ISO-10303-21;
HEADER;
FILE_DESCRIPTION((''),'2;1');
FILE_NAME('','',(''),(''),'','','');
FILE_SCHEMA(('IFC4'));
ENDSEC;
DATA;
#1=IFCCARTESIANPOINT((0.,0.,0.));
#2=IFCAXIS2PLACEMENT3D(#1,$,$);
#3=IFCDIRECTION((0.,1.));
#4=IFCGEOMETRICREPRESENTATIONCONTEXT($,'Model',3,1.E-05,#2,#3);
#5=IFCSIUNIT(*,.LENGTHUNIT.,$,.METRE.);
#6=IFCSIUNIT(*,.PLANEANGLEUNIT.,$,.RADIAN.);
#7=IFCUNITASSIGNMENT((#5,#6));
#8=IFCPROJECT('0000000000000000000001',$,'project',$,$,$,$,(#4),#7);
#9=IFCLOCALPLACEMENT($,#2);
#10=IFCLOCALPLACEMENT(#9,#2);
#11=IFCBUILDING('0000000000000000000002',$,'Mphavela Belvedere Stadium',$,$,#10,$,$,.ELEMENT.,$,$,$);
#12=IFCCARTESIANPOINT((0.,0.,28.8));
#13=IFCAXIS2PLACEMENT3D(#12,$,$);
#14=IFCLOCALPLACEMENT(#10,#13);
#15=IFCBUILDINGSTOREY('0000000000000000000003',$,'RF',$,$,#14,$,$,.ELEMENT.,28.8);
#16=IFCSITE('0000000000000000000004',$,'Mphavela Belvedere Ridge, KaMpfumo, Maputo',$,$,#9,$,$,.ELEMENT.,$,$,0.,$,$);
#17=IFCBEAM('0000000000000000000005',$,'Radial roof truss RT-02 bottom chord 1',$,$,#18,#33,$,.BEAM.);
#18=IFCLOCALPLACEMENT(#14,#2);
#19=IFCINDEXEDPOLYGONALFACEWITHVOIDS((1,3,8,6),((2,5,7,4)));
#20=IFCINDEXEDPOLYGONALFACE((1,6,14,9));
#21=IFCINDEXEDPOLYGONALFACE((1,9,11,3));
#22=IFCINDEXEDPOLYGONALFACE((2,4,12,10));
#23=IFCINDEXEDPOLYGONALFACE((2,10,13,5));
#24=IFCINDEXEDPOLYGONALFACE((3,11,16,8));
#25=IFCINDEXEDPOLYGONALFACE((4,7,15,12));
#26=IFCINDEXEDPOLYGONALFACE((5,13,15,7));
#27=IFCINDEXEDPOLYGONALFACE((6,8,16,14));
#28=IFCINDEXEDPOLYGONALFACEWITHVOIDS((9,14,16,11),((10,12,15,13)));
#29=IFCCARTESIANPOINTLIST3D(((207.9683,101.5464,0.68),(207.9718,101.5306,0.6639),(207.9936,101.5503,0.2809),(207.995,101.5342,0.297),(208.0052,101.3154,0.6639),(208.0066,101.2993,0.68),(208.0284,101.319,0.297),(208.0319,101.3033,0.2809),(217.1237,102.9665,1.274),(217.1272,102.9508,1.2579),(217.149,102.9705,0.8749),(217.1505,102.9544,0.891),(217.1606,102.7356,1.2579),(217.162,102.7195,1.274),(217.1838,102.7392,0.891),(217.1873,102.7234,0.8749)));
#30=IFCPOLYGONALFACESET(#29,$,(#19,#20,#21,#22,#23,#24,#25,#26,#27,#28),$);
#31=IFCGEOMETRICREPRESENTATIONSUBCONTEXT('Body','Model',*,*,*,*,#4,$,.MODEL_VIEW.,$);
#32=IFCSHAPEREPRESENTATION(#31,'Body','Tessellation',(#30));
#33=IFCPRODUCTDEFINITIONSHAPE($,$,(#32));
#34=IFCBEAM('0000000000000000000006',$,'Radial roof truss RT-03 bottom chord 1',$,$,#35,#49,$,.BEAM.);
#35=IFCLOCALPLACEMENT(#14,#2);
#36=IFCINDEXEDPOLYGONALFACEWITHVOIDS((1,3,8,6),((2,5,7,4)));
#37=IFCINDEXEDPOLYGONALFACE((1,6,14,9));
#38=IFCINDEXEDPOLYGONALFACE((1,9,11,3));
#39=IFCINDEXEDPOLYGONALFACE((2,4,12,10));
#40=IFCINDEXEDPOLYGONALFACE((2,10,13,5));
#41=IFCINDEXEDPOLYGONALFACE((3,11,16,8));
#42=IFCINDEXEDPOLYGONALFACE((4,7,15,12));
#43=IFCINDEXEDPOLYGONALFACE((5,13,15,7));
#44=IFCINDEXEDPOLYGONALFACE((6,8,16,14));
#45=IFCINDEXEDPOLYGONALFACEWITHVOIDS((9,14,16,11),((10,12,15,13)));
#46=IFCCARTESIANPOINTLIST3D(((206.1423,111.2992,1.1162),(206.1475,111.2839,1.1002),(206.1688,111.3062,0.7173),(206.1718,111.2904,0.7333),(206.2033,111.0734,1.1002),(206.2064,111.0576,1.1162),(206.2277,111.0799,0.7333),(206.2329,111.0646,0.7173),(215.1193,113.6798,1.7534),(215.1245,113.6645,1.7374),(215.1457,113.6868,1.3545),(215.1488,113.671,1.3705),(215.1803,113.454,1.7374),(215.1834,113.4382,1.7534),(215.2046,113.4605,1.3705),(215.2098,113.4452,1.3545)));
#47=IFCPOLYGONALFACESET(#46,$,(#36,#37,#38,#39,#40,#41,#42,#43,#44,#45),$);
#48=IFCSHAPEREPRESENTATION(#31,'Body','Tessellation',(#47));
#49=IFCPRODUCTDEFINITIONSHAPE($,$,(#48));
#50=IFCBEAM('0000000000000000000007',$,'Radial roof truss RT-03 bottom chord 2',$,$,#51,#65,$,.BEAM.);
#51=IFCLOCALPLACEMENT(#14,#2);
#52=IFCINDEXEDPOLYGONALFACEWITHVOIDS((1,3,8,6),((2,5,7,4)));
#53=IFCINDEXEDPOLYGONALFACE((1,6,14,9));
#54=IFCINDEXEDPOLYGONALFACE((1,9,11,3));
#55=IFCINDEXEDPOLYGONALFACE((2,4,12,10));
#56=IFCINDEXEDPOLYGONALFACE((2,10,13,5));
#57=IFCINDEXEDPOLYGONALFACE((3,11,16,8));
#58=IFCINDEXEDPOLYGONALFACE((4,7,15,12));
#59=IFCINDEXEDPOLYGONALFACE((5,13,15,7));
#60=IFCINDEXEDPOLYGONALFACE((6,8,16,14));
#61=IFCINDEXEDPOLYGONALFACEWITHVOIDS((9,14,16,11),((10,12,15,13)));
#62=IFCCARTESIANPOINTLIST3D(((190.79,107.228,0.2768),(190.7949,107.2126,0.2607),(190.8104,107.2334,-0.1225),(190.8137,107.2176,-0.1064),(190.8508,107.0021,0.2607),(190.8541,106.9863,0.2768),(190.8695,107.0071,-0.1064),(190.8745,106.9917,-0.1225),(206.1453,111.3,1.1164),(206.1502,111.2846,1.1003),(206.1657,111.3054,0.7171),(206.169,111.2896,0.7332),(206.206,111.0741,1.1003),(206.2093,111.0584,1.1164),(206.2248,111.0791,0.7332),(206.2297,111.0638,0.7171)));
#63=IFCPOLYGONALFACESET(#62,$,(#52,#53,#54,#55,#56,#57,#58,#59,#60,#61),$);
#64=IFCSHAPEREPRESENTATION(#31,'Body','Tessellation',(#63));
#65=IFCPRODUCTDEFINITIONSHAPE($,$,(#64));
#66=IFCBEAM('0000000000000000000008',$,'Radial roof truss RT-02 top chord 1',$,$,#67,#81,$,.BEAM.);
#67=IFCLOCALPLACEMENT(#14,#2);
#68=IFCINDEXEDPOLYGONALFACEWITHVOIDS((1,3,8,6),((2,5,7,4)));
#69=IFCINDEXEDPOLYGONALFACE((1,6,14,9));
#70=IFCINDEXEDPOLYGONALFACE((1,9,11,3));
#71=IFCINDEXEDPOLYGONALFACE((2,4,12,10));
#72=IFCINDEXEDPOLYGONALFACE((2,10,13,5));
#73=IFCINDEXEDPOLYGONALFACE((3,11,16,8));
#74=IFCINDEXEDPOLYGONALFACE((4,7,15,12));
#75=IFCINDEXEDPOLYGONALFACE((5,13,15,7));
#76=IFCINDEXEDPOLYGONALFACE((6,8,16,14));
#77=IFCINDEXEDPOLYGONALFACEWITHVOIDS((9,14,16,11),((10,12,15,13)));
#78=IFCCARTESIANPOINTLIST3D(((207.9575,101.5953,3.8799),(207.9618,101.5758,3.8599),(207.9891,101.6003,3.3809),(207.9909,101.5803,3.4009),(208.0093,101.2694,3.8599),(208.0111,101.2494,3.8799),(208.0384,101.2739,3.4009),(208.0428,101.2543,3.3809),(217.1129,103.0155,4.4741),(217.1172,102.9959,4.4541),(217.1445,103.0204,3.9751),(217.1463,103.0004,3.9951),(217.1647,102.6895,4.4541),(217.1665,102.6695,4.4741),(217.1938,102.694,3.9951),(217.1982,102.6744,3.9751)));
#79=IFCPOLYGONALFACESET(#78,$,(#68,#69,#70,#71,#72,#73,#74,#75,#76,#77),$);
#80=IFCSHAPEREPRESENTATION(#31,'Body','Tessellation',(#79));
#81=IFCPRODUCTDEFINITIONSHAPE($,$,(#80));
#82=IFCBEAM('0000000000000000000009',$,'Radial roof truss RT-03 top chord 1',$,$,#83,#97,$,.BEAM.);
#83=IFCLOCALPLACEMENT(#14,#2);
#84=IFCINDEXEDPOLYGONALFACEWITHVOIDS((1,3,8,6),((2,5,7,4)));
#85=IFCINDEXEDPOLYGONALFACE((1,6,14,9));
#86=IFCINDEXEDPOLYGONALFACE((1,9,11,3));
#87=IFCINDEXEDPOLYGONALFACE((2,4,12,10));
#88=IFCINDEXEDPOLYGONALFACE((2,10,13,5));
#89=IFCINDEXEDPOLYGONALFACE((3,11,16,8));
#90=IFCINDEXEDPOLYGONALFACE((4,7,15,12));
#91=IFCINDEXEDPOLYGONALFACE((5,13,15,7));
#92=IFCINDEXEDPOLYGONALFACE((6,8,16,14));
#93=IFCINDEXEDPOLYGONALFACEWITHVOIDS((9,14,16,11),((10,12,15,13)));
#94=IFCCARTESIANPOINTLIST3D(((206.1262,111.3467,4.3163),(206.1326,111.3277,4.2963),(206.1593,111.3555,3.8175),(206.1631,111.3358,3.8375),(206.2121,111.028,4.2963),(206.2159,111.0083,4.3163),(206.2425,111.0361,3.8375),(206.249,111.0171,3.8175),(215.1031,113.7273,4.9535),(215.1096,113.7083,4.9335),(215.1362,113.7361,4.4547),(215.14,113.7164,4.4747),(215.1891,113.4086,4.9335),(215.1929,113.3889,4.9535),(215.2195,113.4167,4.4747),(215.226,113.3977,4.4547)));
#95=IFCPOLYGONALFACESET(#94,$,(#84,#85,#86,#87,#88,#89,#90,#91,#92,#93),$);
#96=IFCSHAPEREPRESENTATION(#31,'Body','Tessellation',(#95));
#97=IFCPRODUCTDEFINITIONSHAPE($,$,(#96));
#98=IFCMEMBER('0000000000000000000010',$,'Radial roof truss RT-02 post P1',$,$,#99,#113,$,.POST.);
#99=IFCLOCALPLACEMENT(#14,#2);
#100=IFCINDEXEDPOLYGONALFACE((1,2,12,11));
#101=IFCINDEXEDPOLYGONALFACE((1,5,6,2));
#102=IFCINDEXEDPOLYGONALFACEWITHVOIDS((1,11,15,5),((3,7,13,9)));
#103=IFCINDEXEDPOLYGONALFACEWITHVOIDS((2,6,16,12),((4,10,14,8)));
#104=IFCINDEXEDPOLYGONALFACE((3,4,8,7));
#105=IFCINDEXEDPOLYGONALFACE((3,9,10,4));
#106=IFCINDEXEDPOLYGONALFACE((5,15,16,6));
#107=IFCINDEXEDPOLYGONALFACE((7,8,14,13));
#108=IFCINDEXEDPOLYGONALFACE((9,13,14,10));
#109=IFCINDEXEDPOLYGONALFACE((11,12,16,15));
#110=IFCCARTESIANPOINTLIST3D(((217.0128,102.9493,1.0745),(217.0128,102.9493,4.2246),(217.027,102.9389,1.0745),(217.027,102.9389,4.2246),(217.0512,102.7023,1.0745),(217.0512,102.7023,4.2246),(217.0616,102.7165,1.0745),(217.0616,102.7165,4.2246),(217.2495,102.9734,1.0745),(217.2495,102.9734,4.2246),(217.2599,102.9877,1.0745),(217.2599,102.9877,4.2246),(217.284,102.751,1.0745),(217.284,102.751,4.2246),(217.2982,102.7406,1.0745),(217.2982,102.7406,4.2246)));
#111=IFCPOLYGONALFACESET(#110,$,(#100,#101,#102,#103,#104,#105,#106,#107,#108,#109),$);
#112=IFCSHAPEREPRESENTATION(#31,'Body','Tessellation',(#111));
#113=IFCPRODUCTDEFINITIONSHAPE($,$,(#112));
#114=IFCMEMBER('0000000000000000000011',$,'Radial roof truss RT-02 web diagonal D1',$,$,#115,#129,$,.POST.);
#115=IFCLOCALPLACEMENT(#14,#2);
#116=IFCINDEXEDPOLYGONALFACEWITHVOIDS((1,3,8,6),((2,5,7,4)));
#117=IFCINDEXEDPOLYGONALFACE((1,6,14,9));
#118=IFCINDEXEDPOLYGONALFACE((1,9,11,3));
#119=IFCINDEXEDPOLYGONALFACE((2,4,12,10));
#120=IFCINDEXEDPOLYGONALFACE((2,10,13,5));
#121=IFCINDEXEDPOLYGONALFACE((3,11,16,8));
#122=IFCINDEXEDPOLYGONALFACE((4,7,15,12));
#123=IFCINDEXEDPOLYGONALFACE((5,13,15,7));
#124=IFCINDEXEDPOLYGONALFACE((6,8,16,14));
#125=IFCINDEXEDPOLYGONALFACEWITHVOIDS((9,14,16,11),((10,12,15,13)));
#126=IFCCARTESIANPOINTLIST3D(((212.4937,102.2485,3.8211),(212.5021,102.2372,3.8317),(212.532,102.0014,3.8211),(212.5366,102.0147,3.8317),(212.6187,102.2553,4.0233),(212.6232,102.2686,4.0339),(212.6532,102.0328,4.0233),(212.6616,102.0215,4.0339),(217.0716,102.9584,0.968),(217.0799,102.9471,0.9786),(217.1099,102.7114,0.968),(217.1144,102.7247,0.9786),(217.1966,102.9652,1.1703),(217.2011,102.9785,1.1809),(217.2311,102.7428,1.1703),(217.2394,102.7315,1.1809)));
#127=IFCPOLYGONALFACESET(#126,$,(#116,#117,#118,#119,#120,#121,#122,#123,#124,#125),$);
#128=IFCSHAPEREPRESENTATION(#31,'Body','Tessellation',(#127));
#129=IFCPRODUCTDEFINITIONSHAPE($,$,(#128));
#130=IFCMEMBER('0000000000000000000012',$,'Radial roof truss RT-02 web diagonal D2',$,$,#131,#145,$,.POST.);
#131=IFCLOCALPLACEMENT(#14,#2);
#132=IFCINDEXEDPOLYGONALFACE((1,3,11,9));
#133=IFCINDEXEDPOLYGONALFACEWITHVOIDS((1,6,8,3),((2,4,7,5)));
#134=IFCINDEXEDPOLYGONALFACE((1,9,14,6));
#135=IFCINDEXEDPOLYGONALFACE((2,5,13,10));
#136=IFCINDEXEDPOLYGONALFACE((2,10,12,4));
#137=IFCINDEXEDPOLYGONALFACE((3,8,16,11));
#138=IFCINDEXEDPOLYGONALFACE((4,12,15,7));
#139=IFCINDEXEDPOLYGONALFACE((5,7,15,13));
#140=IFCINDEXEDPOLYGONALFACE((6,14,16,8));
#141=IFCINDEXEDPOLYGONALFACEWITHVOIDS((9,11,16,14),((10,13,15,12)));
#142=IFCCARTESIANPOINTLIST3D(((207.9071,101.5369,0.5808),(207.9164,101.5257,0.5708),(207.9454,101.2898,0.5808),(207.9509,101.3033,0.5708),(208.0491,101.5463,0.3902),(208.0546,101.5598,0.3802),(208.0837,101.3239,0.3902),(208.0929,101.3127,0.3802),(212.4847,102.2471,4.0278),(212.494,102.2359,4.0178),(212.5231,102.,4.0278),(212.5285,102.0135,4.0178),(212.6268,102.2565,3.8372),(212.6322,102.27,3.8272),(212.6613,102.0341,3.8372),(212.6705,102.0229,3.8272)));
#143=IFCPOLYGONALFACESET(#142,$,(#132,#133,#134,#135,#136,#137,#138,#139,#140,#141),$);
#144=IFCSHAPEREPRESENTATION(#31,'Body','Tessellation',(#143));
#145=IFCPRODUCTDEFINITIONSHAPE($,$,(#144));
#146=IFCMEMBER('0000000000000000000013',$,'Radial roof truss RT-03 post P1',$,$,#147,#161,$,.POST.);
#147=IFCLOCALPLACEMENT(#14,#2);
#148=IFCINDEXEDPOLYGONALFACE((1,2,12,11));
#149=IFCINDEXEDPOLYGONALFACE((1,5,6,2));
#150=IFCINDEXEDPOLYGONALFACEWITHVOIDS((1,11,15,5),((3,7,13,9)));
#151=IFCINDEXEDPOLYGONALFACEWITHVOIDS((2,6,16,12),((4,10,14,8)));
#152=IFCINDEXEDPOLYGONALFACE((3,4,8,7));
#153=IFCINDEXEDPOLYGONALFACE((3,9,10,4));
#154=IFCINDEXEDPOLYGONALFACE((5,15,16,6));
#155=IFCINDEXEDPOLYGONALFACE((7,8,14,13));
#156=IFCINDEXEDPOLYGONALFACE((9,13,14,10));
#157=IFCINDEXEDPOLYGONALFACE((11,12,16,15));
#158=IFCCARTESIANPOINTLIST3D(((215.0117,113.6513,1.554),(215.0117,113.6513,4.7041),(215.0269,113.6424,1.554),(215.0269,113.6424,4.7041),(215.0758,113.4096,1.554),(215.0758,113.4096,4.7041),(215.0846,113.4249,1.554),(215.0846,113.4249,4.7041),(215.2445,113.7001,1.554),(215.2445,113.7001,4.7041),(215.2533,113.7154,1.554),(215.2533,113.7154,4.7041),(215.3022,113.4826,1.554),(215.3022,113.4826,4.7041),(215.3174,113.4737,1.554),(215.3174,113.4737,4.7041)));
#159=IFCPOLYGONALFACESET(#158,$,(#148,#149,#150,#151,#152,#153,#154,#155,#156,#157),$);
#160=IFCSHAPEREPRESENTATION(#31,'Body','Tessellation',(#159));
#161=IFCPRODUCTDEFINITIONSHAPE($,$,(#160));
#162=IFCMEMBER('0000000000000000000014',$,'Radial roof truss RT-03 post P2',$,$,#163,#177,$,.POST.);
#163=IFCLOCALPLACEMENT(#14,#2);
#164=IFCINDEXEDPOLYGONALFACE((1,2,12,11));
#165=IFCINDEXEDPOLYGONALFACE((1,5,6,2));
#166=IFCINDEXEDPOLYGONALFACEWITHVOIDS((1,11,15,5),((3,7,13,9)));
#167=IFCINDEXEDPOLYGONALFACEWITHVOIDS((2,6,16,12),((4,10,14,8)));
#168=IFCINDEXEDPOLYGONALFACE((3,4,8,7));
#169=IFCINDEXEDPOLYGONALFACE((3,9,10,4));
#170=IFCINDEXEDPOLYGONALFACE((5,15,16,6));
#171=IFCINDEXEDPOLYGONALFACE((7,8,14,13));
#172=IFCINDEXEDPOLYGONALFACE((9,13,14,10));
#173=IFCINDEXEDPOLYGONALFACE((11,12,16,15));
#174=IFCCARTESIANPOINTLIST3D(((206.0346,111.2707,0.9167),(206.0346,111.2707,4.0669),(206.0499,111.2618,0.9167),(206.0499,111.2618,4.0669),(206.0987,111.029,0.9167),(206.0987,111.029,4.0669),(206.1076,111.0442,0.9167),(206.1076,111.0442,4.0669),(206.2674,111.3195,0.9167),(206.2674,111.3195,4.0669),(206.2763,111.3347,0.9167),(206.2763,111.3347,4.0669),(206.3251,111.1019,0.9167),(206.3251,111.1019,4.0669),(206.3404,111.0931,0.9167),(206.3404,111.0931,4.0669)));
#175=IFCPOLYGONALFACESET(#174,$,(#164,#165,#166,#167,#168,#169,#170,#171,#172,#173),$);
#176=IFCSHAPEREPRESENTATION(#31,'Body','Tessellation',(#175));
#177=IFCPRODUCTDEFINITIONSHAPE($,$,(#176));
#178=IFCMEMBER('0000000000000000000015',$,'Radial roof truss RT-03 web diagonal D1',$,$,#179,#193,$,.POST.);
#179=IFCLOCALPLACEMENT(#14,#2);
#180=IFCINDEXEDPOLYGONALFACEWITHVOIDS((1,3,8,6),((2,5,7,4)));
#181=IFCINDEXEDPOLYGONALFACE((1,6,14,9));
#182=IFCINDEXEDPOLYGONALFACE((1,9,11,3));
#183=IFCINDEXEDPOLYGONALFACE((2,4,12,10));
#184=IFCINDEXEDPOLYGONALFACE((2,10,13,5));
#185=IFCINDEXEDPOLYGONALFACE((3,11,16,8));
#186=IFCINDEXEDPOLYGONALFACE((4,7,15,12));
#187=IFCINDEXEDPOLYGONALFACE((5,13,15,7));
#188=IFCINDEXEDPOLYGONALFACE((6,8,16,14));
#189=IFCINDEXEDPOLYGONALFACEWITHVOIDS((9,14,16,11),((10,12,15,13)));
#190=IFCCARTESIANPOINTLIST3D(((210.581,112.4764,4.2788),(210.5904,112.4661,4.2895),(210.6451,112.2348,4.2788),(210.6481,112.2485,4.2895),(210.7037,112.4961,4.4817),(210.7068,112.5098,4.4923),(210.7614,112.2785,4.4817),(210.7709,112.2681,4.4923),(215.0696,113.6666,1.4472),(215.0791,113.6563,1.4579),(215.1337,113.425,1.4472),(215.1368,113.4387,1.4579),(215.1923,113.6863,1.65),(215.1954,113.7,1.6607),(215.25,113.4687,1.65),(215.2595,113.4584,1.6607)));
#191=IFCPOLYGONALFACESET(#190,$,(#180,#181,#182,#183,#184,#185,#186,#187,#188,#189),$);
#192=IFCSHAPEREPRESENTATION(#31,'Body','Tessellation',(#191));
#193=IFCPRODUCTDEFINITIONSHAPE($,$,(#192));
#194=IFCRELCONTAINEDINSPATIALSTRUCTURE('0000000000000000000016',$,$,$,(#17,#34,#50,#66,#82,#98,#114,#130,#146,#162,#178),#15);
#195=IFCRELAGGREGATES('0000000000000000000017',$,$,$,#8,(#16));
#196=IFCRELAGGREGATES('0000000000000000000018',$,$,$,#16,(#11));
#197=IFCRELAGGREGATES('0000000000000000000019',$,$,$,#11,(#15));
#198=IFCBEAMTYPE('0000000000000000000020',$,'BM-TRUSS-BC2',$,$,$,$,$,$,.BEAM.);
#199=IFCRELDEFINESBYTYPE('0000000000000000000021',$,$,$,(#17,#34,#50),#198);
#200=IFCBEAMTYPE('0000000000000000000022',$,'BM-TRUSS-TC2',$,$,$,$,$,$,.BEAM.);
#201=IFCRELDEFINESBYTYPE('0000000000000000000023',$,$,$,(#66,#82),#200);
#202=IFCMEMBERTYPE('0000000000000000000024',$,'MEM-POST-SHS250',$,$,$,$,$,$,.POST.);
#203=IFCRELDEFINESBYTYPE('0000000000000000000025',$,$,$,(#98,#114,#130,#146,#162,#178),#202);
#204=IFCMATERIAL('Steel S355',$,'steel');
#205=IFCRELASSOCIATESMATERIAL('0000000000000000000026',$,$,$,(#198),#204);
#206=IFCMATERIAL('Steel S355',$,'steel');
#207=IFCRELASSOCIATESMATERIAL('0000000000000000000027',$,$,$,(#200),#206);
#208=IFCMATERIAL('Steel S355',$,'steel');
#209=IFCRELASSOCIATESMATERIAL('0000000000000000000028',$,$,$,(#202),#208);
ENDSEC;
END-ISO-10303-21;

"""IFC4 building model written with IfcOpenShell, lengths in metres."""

from ifc_helpers import new_model, si_unit, direction, frame, origin, origin_2d, place, context, subcontext, project, spatial, hollow_rectangle, extrude, material, material_profile, profile_set, type_object, element, save


model = new_model("IFC4")

# Units and contexts
model_context = context("Model", 3, precision=1e-05, world=origin(), true_north=direction((0.0, 1.0)))
body_context = subcontext(model_context, "Body", "Model", "MODEL_VIEW")
ifc_project = project(units=[si_unit("LENGTHUNIT", "METRE"), si_unit("PLANEANGLEUNIT", "RADIAN")], contexts=[model_context])

# Site, building, storey
site_placement = place(None, origin())
site = spatial("IfcSite", under=ifc_project, at=site_placement, Name="Mphavela Belvedere Ridge, KaMpfumo, Maputo", CompositionType="ELEMENT", RefElevation=0.0)
building_placement = place(site_placement, origin())
building = spatial("IfcBuilding", under=site, at=building_placement, Name="Mphavela Belvedere Stadium", CompositionType="ELEMENT")
storey_placement = place(building_placement, frame((0.0, 0.0, 28.8)))
storey = spatial("IfcBuildingStorey", under=building, at=storey_placement, Name="RF", CompositionType="ELEMENT", Elevation=28.8)

# Beams
ifc_material_1 = material(Name="Steel S355", Category="steel")
ifc_material_profile_1 = material_profile(ifc_material_1, hollow_rectangle(XDim=0.25, YDim=0.3999, WallThickness=0.0161, at=origin_2d()), Name="RHS 400x250x16")
ifc_profile_set_1 = profile_set([ifc_material_profile_1], Name="Steel S355")
beam_type_1 = type_object("IfcBeamType", Name="BM-TRUSS-BC2", PredefinedType="BEAM", material=ifc_profile_set_1)
beam_1_placement = place(storey_placement, frame((217.1555, 102.845, 1.0745), z_axis=(-0.986158, -0.152969, -0.06398), x_axis=(0.153283, -0.988182, 0.0)))
element("IfcBeam", 1, at=beam_1_placement, inside=storey, type_object=beam_type_1, Name="Radial roof truss RT-02 bottom chord 1", PredefinedType="BEAM", context=body_context, shape_type="SweptSolid", body=[
    extrude(hollow_rectangle(XDim=0.25, YDim=0.3999, WallThickness=0.0161, at=origin_2d()), origin(), (0.0, 0.0, 1.0), 9.2839),
])
beam_2_placement = place(storey_placement, frame((215.1646, 113.5625, 1.554), z_axis=(-0.964323, -0.255728, -0.068449), x_axis=(0.256329, -0.96659, 0.0)))
element("IfcBeam", 2, at=beam_2_placement, inside=storey, type_object=beam_type_1, Name="Radial roof truss RT-03 bottom chord 1", PredefinedType="BEAM", context=body_context, shape_type="SweptSolid", body=[
    extrude(hollow_rectangle(XDim=0.25, YDim=0.3999, WallThickness=0.0161, at=origin_2d()), origin(), (0.0, 0.0, 1.0), 9.3091),
])
beam_3_placement = place(storey_placement, frame((206.1875, 111.1819, 0.9167), z_axis=(-0.965243, -0.255971, -0.052778), x_axis=(0.256328, -0.96659, 0.0)))
element("IfcBeam", 3, at=beam_3_placement, inside=storey, type_object=beam_type_1, Name="Radial roof truss RT-03 bottom chord 2", PredefinedType="BEAM", context=body_context, shape_type="SweptSolid", body=[
    extrude(hollow_rectangle(XDim=0.25, YDim=0.3999, WallThickness=0.0161, at=origin_2d()), origin(), (0.0, 0.0, 1.0), 15.9082),
])
ifc_material_2 = material(Name="Steel S355", Category="steel")
ifc_material_profile_2 = material_profile(ifc_material_2, hollow_rectangle(XDim=0.3501, YDim=0.5, WallThickness=0.02, at=origin_2d()), Name="RHS 500x350x20")
ifc_profile_set_2 = profile_set([ifc_material_profile_2], Name="Steel S355")
beam_type_2 = type_object("IfcBeamType", Name="BM-TRUSS-TC2", PredefinedType="BEAM", material=ifc_profile_set_2)
beam_4_placement = place(storey_placement, frame((217.1555, 102.845, 4.2246), z_axis=(-0.986156, -0.152968, -0.064006), x_axis=(0.153283, -0.988182, 0.0)))
element("IfcBeam", 4, at=beam_4_placement, inside=storey, type_object=beam_type_2, Name="Radial roof truss RT-02 top chord 1", PredefinedType="BEAM", context=body_context, shape_type="SweptSolid", body=[
    extrude(hollow_rectangle(XDim=0.3501, YDim=0.5, WallThickness=0.02, at=origin_2d()), origin(), (0.0, 0.0, 1.0), 9.2839),
])
beam_5_placement = place(storey_placement, frame((215.1646, 113.5625, 4.7041), z_axis=(-0.964323, -0.255728, -0.068449), x_axis=(0.256329, -0.96659, 0.0)))
element("IfcBeam", 5, at=beam_5_placement, inside=storey, type_object=beam_type_2, Name="Radial roof truss RT-03 top chord 1", PredefinedType="BEAM", context=body_context, shape_type="SweptSolid", body=[
    extrude(hollow_rectangle(XDim=0.3501, YDim=0.5, WallThickness=0.02, at=origin_2d()), origin(), (0.0, 0.0, 1.0), 9.3091),
])

# Members
ifc_material_3 = material(Name="Steel S355", Category="steel")
ifc_material_profile_3 = material_profile(ifc_material_3, hollow_rectangle(XDim=0.25, YDim=0.25, WallThickness=0.0125, at=origin_2d()), Name="SHS 250x250x12.5")
ifc_profile_set_3 = profile_set([ifc_material_profile_3], Name="Steel S355")
member_type = type_object("IfcMemberType", Name="MEM-POST-SHS250", PredefinedType="POST", material=ifc_profile_set_3)
member_1_placement = place(storey_placement, frame((217.1555, 102.845, 1.0745), z_axis=(0.0, 0.0, 1.0), x_axis=(0.988175, 0.153331, 0.0)))
element("IfcMember", 6, at=member_1_placement, inside=storey, type_object=member_type, Name="Radial roof truss RT-02 post P1", PredefinedType="POST", context=body_context, shape_type="SweptSolid", body=[
    extrude(hollow_rectangle(XDim=0.25, YDim=0.25, WallThickness=0.0125, at=origin_2d()), origin(), (0.0, 0.0, 1.0), 3.1501),
])
member_2_placement = place(storey_placement, frame((217.1555, 102.845, 1.0745), z_axis=(-0.84142, -0.130492, 0.52439), x_axis=(0.153253, -0.988187, 0.0)))
element("IfcMember", 7, at=member_2_placement, inside=storey, type_object=member_type, Name="Radial roof truss RT-02 web diagonal D1", PredefinedType="POST", context=body_context, shape_type="SweptSolid", body=[
    extrude(hollow_rectangle(XDim=0.25, YDim=0.25, WallThickness=0.0125, at=origin_2d()), origin(), (0.0, 0.0, 1.0), 5.4407),
])
member_3_placement = place(storey_placement, frame((212.5776, 102.135, 3.9275), z_axis=(-0.792778, -0.122997, -0.596972), x_axis=(0.153312, -0.988178, 0.0)))
element("IfcMember", 8, at=member_3_placement, inside=storey, type_object=member_type, Name="Radial roof truss RT-02 web diagonal D2", PredefinedType="POST", context=body_context, shape_type="SweptSolid", body=[
    extrude(hollow_rectangle(XDim=0.25, YDim=0.25, WallThickness=0.0125, at=origin_2d()), origin(), (0.0, 0.0, 1.0), 5.7742),
])
for number, where, z_axis, x_axis, name in (
    (9, (215.1646, 113.5625, 1.554), (0.0, 0.0, 1.0), (0.9666, 0.256289, 0.0), "Radial roof truss RT-03 post P1"),
    (10, (206.1875, 111.1819, 0.9167), (0.0, 0.0, 1.0), (0.9666, 0.256289, 0.0), "Radial roof truss RT-03 post P2"),
):
    element("IfcMember", number, at=place(storey_placement, frame(where, z_axis=z_axis, x_axis=x_axis)), inside=storey, type_object=member_type, Name=name, PredefinedType="POST", context=body_context, shape_type="SweptSolid", body=[
        extrude(hollow_rectangle(XDim=0.25, YDim=0.25, WallThickness=0.0125, at=origin_2d()), origin(), (0.0, 0.0, 1.0), 3.1501),
    ])
member_4_placement = place(storey_placement, frame((215.1646, 113.5625, 1.554), z_axis=(-0.825272, -0.218831, 0.520615), x_axis=(0.256304, -0.966596, 0.0)))
element("IfcMember", 11, at=member_4_placement, inside=storey, type_object=member_type, Name="Radial roof truss RT-03 web diagonal D1", PredefinedType="POST", context=body_context, shape_type="SweptSolid", body=[
    extrude(hollow_rectangle(XDim=0.25, YDim=0.25, WallThickness=0.0125, at=origin_2d()), origin(), (0.0, 0.0, 1.0), 5.439),
])

save(model, "model.ifc")
